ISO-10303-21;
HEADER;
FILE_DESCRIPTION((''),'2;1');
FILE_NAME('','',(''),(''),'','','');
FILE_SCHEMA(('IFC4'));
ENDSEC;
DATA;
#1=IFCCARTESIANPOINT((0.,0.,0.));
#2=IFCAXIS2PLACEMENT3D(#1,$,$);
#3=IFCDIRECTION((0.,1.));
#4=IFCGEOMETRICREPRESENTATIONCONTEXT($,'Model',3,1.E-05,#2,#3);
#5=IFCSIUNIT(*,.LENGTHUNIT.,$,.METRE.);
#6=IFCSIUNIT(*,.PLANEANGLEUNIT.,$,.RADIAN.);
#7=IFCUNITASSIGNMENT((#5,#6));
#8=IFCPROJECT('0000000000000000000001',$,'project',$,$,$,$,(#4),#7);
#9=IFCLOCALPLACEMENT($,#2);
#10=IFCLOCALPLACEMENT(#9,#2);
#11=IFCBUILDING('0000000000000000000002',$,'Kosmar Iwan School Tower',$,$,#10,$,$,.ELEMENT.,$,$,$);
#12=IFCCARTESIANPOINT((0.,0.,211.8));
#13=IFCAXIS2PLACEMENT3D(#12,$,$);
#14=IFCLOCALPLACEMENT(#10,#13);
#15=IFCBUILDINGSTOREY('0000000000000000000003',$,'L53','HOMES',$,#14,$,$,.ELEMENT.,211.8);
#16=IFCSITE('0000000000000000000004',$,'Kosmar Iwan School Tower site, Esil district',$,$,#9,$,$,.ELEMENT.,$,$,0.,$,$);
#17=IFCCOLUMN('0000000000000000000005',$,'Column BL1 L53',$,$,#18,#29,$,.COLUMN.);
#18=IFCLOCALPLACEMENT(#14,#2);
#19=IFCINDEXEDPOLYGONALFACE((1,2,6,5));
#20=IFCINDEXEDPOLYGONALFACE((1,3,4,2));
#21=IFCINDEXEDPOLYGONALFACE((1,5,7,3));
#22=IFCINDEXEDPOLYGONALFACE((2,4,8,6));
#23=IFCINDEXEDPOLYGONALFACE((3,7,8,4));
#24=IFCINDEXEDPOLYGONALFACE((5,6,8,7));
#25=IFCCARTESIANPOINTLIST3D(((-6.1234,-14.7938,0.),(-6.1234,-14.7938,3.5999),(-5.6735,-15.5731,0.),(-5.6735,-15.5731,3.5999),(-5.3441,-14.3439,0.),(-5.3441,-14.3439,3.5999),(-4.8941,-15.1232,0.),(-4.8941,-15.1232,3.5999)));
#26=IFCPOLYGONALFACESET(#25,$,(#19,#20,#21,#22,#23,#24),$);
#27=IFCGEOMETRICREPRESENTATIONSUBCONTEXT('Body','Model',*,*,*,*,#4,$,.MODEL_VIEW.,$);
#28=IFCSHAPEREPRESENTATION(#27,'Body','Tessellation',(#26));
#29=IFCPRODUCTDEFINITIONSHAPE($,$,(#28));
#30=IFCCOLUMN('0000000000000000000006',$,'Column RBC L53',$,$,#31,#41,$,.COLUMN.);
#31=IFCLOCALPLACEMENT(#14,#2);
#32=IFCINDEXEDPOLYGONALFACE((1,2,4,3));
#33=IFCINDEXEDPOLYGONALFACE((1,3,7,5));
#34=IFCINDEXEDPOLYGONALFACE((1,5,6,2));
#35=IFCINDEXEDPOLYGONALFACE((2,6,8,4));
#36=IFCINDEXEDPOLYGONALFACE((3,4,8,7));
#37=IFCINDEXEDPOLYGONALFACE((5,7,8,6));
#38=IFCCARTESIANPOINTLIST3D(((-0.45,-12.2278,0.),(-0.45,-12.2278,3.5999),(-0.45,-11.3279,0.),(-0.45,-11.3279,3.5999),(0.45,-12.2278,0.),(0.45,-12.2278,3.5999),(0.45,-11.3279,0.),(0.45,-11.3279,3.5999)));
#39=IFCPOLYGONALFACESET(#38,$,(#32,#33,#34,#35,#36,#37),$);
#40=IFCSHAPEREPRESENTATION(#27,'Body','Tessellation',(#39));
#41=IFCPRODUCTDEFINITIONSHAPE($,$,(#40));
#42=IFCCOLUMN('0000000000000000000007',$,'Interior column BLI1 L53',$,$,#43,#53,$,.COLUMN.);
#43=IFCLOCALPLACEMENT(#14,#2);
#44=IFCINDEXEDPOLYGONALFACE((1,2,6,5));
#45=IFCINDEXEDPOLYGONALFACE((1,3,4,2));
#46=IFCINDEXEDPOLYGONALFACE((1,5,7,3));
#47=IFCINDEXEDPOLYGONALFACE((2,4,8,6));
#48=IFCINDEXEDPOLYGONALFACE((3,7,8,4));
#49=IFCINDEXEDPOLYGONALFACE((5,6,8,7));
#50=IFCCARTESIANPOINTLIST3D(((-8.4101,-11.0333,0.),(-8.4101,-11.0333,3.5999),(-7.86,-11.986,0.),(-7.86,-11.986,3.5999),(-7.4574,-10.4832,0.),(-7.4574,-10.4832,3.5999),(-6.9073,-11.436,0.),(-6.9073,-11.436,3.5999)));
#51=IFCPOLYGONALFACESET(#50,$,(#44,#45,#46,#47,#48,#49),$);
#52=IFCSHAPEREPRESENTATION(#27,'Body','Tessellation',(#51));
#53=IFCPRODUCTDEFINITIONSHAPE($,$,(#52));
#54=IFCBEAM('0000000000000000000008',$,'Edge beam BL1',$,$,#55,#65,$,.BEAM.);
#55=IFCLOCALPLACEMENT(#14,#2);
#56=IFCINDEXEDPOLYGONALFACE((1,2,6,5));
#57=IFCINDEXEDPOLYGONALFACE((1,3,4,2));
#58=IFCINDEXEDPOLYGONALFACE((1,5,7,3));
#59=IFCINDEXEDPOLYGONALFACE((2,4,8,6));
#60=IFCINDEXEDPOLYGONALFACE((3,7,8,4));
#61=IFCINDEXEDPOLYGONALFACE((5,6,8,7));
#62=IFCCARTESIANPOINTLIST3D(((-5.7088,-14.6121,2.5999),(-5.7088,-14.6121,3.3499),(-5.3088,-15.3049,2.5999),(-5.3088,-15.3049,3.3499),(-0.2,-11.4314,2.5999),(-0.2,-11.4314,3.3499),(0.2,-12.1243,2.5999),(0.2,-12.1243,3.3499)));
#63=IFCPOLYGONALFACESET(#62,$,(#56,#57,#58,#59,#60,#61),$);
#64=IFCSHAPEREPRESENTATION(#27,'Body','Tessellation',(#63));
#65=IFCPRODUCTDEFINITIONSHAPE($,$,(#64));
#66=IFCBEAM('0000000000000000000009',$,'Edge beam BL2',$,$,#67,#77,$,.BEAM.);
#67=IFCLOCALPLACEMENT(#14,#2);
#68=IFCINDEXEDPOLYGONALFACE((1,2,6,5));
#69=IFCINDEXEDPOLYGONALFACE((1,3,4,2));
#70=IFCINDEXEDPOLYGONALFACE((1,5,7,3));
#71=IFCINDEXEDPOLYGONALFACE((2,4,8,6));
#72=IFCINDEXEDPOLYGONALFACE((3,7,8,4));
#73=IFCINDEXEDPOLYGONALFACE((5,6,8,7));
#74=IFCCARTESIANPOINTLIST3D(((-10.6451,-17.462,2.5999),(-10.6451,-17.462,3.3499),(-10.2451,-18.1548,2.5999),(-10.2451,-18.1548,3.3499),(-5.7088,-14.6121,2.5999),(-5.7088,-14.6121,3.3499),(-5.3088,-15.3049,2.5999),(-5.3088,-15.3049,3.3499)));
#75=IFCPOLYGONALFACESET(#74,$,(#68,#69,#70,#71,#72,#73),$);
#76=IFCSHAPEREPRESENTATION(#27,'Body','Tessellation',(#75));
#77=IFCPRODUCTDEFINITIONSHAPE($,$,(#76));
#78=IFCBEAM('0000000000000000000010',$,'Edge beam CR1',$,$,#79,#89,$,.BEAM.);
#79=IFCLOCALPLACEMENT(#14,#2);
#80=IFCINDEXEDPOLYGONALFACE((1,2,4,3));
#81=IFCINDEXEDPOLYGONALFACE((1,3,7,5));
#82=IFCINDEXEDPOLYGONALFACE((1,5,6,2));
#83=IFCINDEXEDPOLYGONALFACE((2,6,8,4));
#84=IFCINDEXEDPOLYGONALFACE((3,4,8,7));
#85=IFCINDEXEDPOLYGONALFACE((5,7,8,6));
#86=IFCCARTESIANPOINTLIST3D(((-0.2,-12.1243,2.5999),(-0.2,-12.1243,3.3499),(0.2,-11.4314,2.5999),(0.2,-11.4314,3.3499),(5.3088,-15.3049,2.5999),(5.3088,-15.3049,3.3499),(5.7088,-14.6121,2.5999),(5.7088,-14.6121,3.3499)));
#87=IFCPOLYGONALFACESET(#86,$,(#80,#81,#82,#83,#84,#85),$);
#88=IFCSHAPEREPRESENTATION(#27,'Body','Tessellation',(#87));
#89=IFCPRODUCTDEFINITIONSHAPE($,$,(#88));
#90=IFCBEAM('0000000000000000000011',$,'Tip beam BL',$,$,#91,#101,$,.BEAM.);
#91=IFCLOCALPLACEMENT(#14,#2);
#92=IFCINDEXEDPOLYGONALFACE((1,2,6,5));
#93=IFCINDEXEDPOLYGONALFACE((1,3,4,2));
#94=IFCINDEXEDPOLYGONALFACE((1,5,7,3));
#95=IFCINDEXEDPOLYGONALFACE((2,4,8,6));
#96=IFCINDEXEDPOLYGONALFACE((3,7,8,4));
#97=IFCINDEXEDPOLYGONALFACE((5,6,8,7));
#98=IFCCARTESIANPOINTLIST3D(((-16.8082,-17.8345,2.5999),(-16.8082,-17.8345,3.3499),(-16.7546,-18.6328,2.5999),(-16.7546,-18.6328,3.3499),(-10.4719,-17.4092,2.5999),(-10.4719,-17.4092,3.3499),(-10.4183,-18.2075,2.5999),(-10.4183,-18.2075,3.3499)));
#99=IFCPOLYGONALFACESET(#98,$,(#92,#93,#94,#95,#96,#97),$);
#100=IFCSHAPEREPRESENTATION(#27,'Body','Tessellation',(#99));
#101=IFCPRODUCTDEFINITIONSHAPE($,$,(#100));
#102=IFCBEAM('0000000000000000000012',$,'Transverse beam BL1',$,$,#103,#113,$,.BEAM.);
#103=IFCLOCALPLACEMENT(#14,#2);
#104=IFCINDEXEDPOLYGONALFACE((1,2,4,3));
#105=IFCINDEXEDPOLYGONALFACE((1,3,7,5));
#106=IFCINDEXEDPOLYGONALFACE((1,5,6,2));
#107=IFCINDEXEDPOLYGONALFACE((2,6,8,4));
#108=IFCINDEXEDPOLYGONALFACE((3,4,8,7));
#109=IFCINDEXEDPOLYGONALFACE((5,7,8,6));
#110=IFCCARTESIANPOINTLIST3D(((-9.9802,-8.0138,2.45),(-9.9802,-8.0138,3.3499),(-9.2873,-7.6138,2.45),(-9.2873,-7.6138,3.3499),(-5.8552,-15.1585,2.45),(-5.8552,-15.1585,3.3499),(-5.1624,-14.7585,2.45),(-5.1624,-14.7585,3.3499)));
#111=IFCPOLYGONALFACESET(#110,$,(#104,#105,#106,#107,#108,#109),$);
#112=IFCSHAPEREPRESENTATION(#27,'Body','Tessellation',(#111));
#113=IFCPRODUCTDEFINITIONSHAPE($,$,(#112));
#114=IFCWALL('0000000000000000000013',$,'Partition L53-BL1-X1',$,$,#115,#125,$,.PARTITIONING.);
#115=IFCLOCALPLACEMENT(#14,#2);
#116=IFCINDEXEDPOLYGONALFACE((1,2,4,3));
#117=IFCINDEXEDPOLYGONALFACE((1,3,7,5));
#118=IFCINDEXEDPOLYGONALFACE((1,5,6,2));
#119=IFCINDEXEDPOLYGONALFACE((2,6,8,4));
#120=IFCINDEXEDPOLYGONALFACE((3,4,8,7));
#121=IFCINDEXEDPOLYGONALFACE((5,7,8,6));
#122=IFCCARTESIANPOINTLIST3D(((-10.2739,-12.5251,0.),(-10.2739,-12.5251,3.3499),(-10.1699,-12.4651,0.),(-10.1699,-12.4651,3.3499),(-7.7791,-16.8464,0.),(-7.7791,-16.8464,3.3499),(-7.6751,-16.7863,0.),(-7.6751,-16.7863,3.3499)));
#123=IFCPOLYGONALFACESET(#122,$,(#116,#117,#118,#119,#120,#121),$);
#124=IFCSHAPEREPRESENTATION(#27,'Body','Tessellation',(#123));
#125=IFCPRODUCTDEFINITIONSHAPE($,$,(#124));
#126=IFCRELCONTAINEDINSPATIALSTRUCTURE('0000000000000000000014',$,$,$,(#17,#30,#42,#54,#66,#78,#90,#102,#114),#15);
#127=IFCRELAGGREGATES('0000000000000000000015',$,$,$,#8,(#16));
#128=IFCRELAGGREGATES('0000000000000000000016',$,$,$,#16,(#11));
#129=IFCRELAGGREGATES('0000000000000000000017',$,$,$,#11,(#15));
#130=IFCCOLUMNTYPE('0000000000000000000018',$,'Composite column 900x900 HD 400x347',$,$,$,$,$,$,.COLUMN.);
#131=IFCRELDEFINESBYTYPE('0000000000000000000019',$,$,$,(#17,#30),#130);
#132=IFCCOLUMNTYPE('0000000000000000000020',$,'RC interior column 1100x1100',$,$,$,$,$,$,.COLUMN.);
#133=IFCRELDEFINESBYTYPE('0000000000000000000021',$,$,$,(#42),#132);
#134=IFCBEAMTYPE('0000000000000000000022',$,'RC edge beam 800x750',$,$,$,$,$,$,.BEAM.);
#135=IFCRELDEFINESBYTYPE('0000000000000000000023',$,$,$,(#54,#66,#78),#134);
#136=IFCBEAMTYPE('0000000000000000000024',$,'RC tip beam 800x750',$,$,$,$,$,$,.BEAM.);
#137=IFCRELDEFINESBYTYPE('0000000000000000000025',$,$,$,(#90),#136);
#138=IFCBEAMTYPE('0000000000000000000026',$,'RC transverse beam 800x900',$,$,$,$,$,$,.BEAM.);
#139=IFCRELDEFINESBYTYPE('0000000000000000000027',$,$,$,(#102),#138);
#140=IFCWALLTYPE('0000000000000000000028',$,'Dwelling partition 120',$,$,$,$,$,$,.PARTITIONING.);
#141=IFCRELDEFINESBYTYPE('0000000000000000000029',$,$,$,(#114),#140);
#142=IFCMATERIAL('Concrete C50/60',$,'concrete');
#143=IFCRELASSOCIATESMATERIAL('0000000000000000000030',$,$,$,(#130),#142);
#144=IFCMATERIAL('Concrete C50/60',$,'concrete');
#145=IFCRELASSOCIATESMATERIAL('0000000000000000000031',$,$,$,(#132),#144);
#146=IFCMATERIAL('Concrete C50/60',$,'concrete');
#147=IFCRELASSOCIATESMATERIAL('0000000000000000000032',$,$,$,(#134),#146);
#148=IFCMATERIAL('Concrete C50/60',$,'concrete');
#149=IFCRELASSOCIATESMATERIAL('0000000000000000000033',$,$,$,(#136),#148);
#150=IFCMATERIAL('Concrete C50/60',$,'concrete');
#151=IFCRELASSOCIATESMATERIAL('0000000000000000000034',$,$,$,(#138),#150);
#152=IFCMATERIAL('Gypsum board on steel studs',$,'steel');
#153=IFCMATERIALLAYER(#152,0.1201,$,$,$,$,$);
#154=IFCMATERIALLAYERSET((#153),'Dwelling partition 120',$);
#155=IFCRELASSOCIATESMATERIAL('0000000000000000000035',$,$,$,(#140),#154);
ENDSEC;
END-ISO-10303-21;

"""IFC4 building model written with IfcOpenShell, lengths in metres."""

from ifc_helpers import new_model, si_unit, direction, frame, frame_2d, origin, origin_2d, place, context, subcontext, project, spatial, rectangle, extrude, material, layer, layer_set, material_profile, profile_set, type_object, element, save


model = new_model("IFC4")

# Units and contexts
model_context = context("Model", 3, precision=1e-05, world=origin(), true_north=direction((0.0, 1.0)))
body_context = subcontext(model_context, "Body", "Model", "MODEL_VIEW")
ifc_project = project(units=[si_unit("LENGTHUNIT", "METRE"), si_unit("PLANEANGLEUNIT", "RADIAN")], contexts=[model_context])

# Site, building, storey
site_placement = place(None, origin())
site = spatial("IfcSite", under=ifc_project, at=site_placement, Name="Kosmar Iwan School Tower site, Esil district", CompositionType="ELEMENT", RefElevation=0.0)
building_placement = place(site_placement, origin())
building = spatial("IfcBuilding", under=site, at=building_placement, Name="Kosmar Iwan School Tower", CompositionType="ELEMENT")
storey_placement = place(building_placement, frame((0.0, 0.0, 211.8)))
storey = spatial("IfcBuildingStorey", under=building, at=storey_placement, Name="L53", Description="HOMES", CompositionType="ELEMENT", Elevation=211.8)

# Columns
ifc_material_1 = material(Name="Concrete C50/60", Category="concrete")
ifc_material_profile_1 = material_profile(ifc_material_1, rectangle(XDim=0.8999, YDim=0.8999, at=origin_2d()), Name="RC 900x900 + HD 400x347")
ifc_profile_set_1 = profile_set([ifc_material_profile_1], Name="Concrete C50/60")
column_type_1 = type_object("IfcColumnType", Name="Composite column 900x900 HD 400x347", PredefinedType="COLUMN", material=ifc_profile_set_1)
for number, where, z_axis, x_axis, name in (
    (1, (-5.5088, -14.9585, 0.0), (0.0, 0.0, 1.0), (-0.866025, -0.5, 0.0), "Column BL1 L53"),
    (2, (0.0, -11.7778, 0.0), (0.0, 0.0, 1.0), (1.0, 0.0, 0.0), "Column RBC L53"),
):
    element("IfcColumn", number, at=place(storey_placement, frame(where, z_axis=z_axis, x_axis=x_axis)), inside=storey, type_object=column_type_1, Name=name, PredefinedType="COLUMN", context=body_context, shape_type="SweptSolid", body=[
        extrude(rectangle(XDim=0.8999, YDim=0.8999, at=origin_2d()), origin(), (0.0, 0.0, 1.0), 3.5999),
    ])
ifc_material_2 = material(Name="Concrete C50/60", Category="concrete")
ifc_material_profile_2 = material_profile(ifc_material_2, rectangle(XDim=1.1001, YDim=1.1001, at=origin_2d()), Name="RC 1100x1100")
ifc_profile_set_2 = profile_set([ifc_material_profile_2], Name="Concrete C50/60")
column_type_2 = type_object("IfcColumnType", Name="RC interior column 1100x1100", PredefinedType="COLUMN", material=ifc_profile_set_2)
column_placement = place(storey_placement, frame((-7.6587, -11.2346, 0.0), z_axis=(0.0, 0.0, 1.0), x_axis=(-0.866025, -0.5, 0.0)))
element("IfcColumn", 3, at=column_placement, inside=storey, type_object=column_type_2, Name="Interior column BLI1 L53", PredefinedType="COLUMN", context=body_context, shape_type="SweptSolid", body=[
    extrude(rectangle(XDim=1.1001, YDim=1.1001, at=origin_2d()), origin(), (0.0, 0.0, 1.0), 3.5999),
])

# Beams
ifc_material_3 = material(Name="Concrete C50/60", Category="concrete")
ifc_material_profile_3 = material_profile(ifc_material_3, rectangle(XDim=0.8, YDim=0.75, at=origin_2d()), Name="RC 800x750")
ifc_profile_set_3 = profile_set([ifc_material_profile_3], Name="Concrete C50/60")
beam_type_1 = type_object("IfcBeamType", Name="RC edge beam 800x750", PredefinedType="BEAM", material=ifc_profile_set_3)
beam_1_placement = place(storey_placement, frame((0.0, -11.7778, 2.9749), z_axis=(-0.866014, -0.500019, 0.0), x_axis=(0.500019, -0.866014, 0.0)))
element("IfcBeam", 4, at=beam_1_placement, inside=storey, type_object=beam_type_1, Name="Edge beam BL1", PredefinedType="BEAM", context=body_context, shape_type="SweptSolid", body=[
    extrude(rectangle(XDim=0.8, YDim=0.75, at=origin_2d()), origin(), (0.0, 0.0, 1.0), 6.3611),
])
beam_2_placement = place(storey_placement, frame((-5.5088, -14.9585, 2.9749), z_axis=(-0.866034, -0.499986, 0.0), x_axis=(0.499986, -0.866034, 0.0)))
element("IfcBeam", 5, at=beam_2_placement, inside=storey, type_object=beam_type_1, Name="Edge beam BL2", PredefinedType="BEAM", context=body_context, shape_type="SweptSolid", body=[
    extrude(rectangle(XDim=0.8, YDim=0.75, at=origin_2d()), origin(), (0.0, 0.0, 1.0), 5.7),
])
beam_3_placement = place(storey_placement, frame((0.0, -11.7778, 2.9749), z_axis=(0.866014, -0.500019, 0.0), x_axis=(0.500019, 0.866014, 0.0)))
element("IfcBeam", 6, at=beam_3_placement, inside=storey, type_object=beam_type_1, Name="Edge beam CR1", PredefinedType="BEAM", context=body_context, shape_type="SweptSolid", body=[
    extrude(rectangle(XDim=0.8, YDim=0.75, at=origin_2d()), origin(), (0.0, 0.0, 1.0), 6.3611),
])
ifc_material_4 = material(Name="Concrete C50/60", Category="concrete")
ifc_material_profile_4 = material_profile(ifc_material_4, rectangle(XDim=0.8, YDim=0.75, at=origin_2d()), Name="RC 800x750")
ifc_profile_set_4 = profile_set([ifc_material_profile_4], Name="Concrete C50/60")
beam_type_2 = type_object("IfcBeamType", Name="RC tip beam 800x750", PredefinedType="BEAM", material=ifc_profile_set_4)
beam_4_placement = place(storey_placement, frame((-10.4451, -17.8083, 2.9749), z_axis=(-0.997755, -0.066968, 0.0), x_axis=(0.066968, -0.997755, 0.0)))
element("IfcBeam", 7, at=beam_4_placement, inside=storey, type_object=beam_type_2, Name="Tip beam BL", PredefinedType="BEAM", context=body_context, shape_type="SweptSolid", body=[
    extrude(rectangle(XDim=0.8, YDim=0.75, at=origin_2d()), origin(), (0.0, 0.0, 1.0), 6.3506),
])
ifc_material_5 = material(Name="Concrete C50/60", Category="concrete")
ifc_material_profile_5 = material_profile(ifc_material_5, rectangle(XDim=0.8, YDim=0.8999, at=origin_2d()), Name="RC 800x900")
ifc_profile_set_5 = profile_set([ifc_material_profile_5], Name="Concrete C50/60")
beam_type_3 = type_object("IfcBeamType", Name="RC transverse beam 800x900", PredefinedType="BEAM", material=ifc_profile_set_5)
beam_5_placement = place(storey_placement, frame((-5.5088, -14.9585, 2.8999), z_axis=(-0.499997, 0.866027, 0.0), x_axis=(-0.866027, -0.499997, 0.0)))
element("IfcBeam", 8, at=beam_5_placement, inside=storey, type_object=beam_type_3, Name="Transverse beam BL1", PredefinedType="BEAM", context=body_context, shape_type="SweptSolid", body=[
    extrude(rectangle(XDim=0.8, YDim=0.8999, at=origin_2d()), origin(), (0.0, 0.0, 1.0), 8.25),
])

# Wall
ifc_material_6 = material(Name="Gypsum board on steel studs", Category="steel")
ifc_layer_1 = layer(ifc_material_6, 0.1201)
ifc_layer_set_1 = layer_set([ifc_layer_1], Name="Dwelling partition 120")
wall_type_1 = type_object("IfcWallType", Name="Dwelling partition 120", PredefinedType="PARTITIONING", material=ifc_layer_set_1)
wall_1_placement = place(storey_placement, frame((-10.2219, -12.4951, 0.0), z_axis=(0.0, 0.0, 1.0), x_axis=(0.499996, -0.866028, 0.0)))
element("IfcWall", 9, at=wall_1_placement, inside=storey, type_object=wall_type_1, Name="Partition L53-BL1-X1", PredefinedType="PARTITIONING", context=body_context, shape_type="SweptSolid", body=[
    extrude(rectangle(XDim=4.9897, YDim=0.1201, at=frame_2d((2.4949, 0.0))), origin(), (0.0, 0.0, 1.0), 3.3499),
])

save(model, "model.ifc")
